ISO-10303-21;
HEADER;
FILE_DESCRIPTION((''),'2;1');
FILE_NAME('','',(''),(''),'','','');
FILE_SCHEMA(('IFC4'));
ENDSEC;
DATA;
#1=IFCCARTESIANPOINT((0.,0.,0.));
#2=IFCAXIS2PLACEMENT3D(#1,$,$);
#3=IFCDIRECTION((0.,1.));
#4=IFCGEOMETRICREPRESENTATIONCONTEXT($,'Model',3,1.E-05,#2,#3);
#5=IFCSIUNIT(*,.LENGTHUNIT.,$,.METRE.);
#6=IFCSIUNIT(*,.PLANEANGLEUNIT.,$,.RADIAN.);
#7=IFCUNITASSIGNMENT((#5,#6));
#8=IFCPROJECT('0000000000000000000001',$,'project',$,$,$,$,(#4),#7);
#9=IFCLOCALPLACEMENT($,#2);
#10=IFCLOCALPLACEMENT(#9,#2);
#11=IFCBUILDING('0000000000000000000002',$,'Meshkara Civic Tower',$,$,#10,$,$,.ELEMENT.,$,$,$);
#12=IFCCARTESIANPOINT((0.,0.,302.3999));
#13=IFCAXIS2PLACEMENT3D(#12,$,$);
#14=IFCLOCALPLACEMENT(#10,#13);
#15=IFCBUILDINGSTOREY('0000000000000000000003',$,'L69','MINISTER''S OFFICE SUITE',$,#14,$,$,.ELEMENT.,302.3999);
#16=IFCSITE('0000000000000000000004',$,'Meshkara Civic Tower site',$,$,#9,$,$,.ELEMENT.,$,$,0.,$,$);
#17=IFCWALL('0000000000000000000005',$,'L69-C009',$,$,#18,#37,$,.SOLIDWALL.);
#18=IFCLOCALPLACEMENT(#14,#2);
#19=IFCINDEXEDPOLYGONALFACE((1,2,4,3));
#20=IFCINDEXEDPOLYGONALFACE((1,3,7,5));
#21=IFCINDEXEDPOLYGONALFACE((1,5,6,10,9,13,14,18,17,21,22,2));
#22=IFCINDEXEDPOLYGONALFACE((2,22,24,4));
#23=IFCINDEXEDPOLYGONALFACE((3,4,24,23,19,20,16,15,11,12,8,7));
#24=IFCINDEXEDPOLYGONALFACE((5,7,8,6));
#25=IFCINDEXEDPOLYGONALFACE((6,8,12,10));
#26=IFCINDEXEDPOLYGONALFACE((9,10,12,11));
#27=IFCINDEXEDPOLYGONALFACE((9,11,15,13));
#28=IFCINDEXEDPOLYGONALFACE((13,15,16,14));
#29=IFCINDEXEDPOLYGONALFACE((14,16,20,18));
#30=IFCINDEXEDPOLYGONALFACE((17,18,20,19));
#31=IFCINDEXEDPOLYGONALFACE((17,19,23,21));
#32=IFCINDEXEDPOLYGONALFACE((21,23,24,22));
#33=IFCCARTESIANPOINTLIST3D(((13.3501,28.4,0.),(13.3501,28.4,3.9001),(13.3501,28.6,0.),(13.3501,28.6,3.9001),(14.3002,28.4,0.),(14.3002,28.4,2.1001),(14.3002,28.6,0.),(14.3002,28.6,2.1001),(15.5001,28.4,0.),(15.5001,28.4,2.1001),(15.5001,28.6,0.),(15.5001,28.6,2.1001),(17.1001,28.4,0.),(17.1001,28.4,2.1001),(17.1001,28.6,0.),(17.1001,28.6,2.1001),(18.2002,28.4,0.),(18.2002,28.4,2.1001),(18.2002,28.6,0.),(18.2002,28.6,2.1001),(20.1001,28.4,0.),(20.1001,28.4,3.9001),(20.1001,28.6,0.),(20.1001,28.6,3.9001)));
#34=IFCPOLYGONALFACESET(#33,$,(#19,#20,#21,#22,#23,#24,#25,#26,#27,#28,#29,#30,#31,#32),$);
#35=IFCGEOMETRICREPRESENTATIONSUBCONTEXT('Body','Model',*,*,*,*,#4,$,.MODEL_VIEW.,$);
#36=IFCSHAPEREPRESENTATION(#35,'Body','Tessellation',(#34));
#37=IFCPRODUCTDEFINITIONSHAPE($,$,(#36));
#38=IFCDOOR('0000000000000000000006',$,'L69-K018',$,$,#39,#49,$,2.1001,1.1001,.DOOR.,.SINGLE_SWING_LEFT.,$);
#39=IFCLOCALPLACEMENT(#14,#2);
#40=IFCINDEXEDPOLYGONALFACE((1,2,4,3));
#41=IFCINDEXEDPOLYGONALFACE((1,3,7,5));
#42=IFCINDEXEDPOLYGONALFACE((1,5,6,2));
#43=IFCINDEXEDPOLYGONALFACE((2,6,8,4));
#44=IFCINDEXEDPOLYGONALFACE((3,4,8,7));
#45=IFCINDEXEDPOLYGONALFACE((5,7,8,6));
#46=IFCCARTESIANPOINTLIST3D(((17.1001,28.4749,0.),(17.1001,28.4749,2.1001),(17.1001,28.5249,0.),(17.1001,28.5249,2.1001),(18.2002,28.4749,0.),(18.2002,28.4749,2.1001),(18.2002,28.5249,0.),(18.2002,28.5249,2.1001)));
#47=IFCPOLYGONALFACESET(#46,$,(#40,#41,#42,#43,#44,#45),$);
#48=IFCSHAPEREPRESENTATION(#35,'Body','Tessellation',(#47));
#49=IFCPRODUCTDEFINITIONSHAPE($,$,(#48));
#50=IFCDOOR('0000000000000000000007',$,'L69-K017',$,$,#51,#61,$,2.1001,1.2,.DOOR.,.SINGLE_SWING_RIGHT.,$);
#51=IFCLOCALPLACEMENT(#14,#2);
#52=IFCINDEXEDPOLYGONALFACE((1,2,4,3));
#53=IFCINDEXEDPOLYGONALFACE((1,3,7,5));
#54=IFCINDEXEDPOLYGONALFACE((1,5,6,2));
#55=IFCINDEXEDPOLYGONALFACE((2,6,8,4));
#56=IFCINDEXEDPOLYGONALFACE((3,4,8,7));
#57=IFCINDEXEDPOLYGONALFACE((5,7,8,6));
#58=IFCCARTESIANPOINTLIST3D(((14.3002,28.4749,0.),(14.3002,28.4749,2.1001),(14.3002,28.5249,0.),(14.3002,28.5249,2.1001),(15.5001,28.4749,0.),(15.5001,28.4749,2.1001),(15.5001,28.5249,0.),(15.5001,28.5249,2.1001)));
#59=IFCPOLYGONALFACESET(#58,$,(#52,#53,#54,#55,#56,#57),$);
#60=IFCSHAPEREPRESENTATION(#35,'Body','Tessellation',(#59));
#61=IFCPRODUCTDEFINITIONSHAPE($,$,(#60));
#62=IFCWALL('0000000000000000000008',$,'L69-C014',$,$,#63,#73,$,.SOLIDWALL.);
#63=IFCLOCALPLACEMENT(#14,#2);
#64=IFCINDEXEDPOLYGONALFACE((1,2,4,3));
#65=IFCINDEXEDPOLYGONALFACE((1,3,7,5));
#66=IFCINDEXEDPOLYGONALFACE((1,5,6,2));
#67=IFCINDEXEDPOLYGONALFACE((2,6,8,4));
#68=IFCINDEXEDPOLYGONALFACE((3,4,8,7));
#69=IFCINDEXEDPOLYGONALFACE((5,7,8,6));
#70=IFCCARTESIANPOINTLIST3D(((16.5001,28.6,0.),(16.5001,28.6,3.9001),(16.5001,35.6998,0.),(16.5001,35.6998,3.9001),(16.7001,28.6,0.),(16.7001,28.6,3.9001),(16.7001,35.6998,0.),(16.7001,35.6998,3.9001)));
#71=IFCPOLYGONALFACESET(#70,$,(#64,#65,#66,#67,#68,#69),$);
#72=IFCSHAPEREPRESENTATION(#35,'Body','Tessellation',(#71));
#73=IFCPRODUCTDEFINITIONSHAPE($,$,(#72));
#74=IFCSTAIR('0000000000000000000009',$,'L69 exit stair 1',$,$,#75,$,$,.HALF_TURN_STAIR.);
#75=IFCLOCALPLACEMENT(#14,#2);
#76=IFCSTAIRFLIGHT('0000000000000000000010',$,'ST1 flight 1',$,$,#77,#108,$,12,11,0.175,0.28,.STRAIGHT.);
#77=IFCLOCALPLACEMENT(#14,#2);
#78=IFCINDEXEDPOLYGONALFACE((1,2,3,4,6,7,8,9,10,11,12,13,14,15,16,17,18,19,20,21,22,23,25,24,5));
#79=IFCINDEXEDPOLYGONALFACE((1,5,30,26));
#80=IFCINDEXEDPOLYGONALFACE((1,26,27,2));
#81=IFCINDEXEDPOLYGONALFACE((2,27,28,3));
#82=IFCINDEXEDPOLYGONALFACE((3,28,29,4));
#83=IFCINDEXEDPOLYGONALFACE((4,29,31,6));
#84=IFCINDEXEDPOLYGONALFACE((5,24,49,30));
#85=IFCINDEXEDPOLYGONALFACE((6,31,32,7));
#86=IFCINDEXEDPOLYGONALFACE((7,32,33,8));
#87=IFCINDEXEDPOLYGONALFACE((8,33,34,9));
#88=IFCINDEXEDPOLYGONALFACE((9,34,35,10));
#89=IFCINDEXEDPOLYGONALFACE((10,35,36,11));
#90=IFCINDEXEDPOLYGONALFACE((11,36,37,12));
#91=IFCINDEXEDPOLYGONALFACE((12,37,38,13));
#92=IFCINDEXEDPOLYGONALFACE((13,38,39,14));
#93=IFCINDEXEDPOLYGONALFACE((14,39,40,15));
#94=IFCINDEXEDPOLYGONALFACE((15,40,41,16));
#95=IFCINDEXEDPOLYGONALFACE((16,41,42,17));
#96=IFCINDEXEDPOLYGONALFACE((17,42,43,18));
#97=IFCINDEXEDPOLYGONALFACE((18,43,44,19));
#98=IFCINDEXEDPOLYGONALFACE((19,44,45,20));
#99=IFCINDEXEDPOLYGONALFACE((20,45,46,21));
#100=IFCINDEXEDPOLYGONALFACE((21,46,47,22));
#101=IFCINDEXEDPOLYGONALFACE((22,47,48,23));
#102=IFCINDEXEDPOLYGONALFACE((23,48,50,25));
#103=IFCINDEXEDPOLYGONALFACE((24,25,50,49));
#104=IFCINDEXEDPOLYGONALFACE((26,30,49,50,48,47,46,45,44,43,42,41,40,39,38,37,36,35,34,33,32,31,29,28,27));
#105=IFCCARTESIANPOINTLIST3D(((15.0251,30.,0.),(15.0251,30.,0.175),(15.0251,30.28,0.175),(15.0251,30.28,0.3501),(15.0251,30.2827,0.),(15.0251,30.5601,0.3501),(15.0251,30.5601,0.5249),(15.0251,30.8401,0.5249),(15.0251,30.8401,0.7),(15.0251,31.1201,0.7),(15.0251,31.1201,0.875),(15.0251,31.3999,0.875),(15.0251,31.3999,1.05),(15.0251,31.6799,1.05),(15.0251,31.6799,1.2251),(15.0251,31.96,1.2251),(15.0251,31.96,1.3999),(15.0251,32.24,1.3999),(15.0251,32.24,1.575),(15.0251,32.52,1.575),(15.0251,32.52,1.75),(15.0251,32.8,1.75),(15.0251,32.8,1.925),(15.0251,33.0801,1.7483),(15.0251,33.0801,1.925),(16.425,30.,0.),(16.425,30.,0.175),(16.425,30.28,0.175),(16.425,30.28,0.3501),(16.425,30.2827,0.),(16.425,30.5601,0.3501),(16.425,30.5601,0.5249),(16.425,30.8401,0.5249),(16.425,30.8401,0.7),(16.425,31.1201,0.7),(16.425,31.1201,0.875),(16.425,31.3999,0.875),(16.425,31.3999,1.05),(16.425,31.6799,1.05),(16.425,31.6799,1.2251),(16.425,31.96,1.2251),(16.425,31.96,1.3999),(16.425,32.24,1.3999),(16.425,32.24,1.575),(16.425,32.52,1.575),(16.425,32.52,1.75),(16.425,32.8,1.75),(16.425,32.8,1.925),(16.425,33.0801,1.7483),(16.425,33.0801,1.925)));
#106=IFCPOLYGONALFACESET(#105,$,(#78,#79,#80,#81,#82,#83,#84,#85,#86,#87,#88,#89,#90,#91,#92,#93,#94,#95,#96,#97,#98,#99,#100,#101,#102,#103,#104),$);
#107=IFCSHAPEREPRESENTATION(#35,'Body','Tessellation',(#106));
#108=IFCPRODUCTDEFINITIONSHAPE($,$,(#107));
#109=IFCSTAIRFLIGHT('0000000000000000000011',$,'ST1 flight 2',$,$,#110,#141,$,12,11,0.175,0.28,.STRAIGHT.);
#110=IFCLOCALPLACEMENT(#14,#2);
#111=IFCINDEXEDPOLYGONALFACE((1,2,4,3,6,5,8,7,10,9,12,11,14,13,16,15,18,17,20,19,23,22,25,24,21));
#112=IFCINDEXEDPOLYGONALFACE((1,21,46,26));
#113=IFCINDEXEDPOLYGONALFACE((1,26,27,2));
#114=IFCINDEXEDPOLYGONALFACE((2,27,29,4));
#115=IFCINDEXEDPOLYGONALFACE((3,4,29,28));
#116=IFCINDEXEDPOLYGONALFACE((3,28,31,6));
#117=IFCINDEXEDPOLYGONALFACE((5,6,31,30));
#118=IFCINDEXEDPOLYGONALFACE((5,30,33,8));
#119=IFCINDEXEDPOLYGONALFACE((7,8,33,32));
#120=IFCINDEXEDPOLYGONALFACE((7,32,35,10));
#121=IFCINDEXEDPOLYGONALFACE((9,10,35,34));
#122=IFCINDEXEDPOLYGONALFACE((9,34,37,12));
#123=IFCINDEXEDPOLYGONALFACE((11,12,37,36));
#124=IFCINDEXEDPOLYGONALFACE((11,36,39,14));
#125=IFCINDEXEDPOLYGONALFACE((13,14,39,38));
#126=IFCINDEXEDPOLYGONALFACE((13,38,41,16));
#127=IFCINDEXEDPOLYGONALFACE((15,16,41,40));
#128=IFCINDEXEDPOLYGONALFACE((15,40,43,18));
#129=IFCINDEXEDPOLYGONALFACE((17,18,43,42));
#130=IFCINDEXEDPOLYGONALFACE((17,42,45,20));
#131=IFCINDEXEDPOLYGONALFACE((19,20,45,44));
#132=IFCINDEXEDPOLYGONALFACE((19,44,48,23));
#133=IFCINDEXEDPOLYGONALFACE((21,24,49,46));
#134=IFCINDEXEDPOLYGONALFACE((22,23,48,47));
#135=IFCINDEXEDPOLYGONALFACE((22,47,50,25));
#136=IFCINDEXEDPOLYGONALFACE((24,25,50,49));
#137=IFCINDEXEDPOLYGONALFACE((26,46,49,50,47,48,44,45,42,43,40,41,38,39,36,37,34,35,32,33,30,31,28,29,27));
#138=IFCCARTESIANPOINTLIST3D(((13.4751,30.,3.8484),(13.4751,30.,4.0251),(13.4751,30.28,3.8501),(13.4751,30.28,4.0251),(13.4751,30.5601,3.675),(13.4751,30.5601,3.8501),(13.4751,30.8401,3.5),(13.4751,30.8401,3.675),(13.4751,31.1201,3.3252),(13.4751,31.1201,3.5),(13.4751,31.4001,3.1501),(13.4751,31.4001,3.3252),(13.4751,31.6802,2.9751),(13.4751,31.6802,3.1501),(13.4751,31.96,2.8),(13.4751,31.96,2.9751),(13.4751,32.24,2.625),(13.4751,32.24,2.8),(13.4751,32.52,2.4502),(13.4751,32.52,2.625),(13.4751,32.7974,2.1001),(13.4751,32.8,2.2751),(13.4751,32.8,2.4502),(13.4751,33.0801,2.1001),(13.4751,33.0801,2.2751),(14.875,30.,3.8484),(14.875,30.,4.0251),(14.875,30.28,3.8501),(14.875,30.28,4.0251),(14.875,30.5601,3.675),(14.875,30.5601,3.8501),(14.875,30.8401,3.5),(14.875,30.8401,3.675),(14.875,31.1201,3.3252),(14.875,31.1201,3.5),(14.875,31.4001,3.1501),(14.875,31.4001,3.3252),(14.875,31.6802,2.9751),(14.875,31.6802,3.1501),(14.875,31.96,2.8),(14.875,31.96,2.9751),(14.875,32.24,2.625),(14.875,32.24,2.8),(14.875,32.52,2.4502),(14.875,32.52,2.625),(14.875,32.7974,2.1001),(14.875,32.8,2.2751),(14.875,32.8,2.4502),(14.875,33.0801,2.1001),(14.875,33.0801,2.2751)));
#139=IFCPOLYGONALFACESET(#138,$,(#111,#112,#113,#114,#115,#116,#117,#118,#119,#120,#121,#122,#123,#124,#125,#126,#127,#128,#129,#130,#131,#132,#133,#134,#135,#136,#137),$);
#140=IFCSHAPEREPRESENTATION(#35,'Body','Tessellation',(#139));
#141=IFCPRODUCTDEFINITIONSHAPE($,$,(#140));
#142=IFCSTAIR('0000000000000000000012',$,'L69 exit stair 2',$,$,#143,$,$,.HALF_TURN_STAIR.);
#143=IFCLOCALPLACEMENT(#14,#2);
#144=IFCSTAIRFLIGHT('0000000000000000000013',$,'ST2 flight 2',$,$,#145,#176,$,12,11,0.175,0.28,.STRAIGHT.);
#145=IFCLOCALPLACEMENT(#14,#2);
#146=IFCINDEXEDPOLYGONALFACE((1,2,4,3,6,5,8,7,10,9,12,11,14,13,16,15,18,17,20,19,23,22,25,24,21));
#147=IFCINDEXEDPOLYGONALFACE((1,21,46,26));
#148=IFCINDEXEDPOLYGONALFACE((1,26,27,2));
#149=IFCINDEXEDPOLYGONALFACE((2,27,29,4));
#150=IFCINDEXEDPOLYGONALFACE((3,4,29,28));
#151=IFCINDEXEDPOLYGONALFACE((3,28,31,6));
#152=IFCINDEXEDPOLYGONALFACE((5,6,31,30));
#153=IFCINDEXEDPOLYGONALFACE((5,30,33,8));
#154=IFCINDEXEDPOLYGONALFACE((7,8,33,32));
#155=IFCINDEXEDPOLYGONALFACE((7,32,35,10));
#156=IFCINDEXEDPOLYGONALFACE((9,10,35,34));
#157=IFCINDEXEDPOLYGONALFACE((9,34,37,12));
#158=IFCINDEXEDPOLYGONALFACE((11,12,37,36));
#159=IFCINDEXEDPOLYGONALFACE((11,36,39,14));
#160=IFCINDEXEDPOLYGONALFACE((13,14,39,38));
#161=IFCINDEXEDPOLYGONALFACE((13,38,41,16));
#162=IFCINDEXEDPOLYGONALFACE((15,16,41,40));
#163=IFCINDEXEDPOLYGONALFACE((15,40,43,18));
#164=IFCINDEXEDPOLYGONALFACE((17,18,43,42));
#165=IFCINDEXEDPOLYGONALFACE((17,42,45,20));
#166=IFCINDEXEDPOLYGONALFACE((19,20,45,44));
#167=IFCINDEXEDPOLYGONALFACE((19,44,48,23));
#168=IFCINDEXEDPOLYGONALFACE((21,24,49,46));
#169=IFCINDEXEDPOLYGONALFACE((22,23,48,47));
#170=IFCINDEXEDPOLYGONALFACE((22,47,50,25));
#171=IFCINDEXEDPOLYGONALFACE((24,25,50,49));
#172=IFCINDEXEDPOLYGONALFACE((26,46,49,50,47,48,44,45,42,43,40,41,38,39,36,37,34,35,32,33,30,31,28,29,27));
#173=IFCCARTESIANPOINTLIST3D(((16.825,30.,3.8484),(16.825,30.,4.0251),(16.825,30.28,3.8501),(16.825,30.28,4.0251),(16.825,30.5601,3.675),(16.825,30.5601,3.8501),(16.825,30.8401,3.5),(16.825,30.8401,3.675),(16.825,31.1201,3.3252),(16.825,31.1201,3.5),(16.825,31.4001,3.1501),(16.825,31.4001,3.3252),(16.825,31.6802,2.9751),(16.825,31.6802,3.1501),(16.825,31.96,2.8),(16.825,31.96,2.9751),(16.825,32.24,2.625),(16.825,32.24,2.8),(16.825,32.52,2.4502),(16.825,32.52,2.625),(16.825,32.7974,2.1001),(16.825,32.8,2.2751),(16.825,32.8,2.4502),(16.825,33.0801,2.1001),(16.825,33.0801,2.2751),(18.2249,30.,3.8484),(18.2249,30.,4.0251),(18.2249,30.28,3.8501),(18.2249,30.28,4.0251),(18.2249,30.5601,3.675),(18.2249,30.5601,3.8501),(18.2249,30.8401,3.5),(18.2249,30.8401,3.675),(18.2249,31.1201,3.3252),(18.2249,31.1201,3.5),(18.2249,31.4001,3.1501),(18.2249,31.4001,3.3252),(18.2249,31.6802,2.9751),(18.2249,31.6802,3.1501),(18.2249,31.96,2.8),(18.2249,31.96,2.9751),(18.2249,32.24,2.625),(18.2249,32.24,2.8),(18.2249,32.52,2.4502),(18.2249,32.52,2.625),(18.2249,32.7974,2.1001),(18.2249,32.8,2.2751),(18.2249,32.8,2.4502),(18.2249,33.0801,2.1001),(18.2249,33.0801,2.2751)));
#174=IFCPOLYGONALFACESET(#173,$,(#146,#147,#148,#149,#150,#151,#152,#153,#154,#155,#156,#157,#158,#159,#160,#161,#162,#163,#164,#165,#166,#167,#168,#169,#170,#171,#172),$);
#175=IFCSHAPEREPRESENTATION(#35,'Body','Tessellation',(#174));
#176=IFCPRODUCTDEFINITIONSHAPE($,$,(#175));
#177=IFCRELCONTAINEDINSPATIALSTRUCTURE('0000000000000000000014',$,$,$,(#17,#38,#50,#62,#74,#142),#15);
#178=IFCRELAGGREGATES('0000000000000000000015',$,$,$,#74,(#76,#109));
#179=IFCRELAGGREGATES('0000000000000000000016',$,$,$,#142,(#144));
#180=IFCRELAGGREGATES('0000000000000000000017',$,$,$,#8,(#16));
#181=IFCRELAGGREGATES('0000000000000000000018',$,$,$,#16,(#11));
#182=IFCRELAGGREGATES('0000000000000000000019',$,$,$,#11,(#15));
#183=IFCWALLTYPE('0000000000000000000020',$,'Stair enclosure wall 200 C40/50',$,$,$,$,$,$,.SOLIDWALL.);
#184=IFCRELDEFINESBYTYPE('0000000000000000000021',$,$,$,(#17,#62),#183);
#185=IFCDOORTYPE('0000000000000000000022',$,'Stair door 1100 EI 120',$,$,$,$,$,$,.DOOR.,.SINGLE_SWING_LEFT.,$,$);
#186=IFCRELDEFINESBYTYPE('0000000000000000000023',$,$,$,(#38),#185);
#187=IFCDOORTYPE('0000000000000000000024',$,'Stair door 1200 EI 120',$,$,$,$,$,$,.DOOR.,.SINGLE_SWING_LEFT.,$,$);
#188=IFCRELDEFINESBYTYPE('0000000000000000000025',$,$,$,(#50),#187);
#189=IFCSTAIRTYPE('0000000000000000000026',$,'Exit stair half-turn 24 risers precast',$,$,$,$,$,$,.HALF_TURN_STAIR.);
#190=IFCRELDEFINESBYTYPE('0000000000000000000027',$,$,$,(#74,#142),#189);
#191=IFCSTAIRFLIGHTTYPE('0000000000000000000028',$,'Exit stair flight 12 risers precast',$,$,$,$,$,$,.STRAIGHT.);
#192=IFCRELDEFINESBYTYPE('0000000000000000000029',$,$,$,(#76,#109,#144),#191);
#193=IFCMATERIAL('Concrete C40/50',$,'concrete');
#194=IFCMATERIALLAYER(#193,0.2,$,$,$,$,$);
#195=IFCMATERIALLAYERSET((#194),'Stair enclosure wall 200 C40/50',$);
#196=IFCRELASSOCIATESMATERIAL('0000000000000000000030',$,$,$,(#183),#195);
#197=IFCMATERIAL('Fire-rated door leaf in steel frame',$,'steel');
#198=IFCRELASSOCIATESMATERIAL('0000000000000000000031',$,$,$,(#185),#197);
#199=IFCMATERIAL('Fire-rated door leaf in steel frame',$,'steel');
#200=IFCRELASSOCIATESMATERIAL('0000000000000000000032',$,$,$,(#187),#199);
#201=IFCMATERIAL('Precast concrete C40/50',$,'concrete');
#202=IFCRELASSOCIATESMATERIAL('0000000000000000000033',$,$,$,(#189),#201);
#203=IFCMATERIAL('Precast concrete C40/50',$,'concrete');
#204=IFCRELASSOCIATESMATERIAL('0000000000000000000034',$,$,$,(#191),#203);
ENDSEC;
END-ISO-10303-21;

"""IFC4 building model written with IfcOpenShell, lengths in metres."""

from ifc_helpers import new_model, si_unit, direction, frame, frame_2d, origin, place, context, subcontext, project, spatial, polyline, rectangle, outline, extrude, material, layer, layer_set, type_object, element, fill, aggregate, save


model = new_model("IFC4")

# Units and contexts
model_context = context("Model", 3, precision=1e-05, world=origin(), true_north=direction((0.0, 1.0)))
body_context = subcontext(model_context, "Body", "Model", "MODEL_VIEW")
ifc_project = project(units=[si_unit("LENGTHUNIT", "METRE"), si_unit("PLANEANGLEUNIT", "RADIAN")], contexts=[model_context])

# Site, building, storey
site_placement = place(None, origin())
site = spatial("IfcSite", under=ifc_project, at=site_placement, Name="Meshkara Civic Tower site", CompositionType="ELEMENT", RefElevation=0.0)
building_placement = place(site_placement, origin())
building = spatial("IfcBuilding", under=site, at=building_placement, Name="Meshkara Civic Tower", CompositionType="ELEMENT")
storey_placement = place(building_placement, frame((0.0, 0.0, 302.3999)))
storey = spatial("IfcBuildingStorey", under=building, at=storey_placement, Name="L69", Description="MINISTER'S OFFICE SUITE", CompositionType="ELEMENT", Elevation=302.3999)

# Wall, openings, doors
ifc_material_1 = material(Name="Concrete C40/50", Category="concrete")
ifc_layer_1 = layer(ifc_material_1, 0.2)
ifc_layer_set_1 = layer_set([ifc_layer_1], Name="Stair enclosure wall 200 C40/50")
wall_type_1 = type_object("IfcWallType", Name="Stair enclosure wall 200 C40/50", PredefinedType="SOLIDWALL", material=ifc_layer_set_1)
wall_1_placement = place(storey_placement, frame((13.3501, 28.5, 0.0), z_axis=(0.0, 0.0, 1.0), x_axis=(1.0, 0.0, 0.0)))
wall_1 = element("IfcWall", 1, at=wall_1_placement, inside=storey, type_object=wall_type_1, Name="L69-C009", PredefinedType="SOLIDWALL", context=body_context, shape_type="SweptSolid", body=[
    extrude(rectangle(XDim=6.75, YDim=0.2, at=frame_2d((3.375, 0.0))), origin(), (0.0, 0.0, 1.0), 3.9001),
])
opening_1_placement = place(wall_1_placement, frame((0.95, 0.0, 0.0)))
opening_1 = element("IfcOpeningElement", 2, at=opening_1_placement, cuts=wall_1, PredefinedType="OPENING", context=body_context, shape_type="SweptSolid", body=[
    extrude(rectangle(XDim=1.2, YDim=2.1001, at=frame_2d((0.6001, 1.05))), frame((0.0, 0.1099, 0.0), z_axis=(0.0, -1.0, 0.0), x_axis=(1.0, 0.0, 0.0)), (0.0, 0.0, 1.0), 0.22),
])
opening_2_placement = place(wall_1_placement, frame((3.75, 0.0, 0.0)))
opening_2 = element("IfcOpeningElement", 3, at=opening_2_placement, cuts=wall_1, PredefinedType="OPENING", context=body_context, shape_type="SweptSolid", body=[
    extrude(rectangle(XDim=1.1001, YDim=2.1001, at=frame_2d((0.55, 1.05))), frame((0.0, 0.1099, 0.0), z_axis=(0.0, -1.0, 0.0), x_axis=(1.0, 0.0, 0.0)), (0.0, 0.0, 1.0), 0.22),
])
ifc_material_2 = material(Name="Fire-rated door leaf in steel frame", Category="steel")
door_type_1 = type_object("IfcDoorType", Name="Stair door 1100 EI 120", OperationType="SINGLE_SWING_LEFT", PredefinedType="DOOR", material=ifc_material_2)
door_1_placement = place(opening_2_placement, origin())
door_1 = element("IfcDoor", 4, at=door_1_placement, inside=storey, type_object=door_type_1, Name="L69-K018", OperationType="SINGLE_SWING_LEFT", OverallHeight=2.1001, OverallWidth=1.1001, PredefinedType="DOOR", context=body_context, shape_type="SweptSolid", body=[
    extrude(rectangle(XDim=1.1001, YDim=2.1001, at=frame_2d((0.55, 1.05))), frame((0.0, 0.0249, 0.0), z_axis=(0.0, -1.0, 0.0), x_axis=(1.0, 0.0, 0.0)), (0.0, 0.0, 1.0), 0.05),
])
fill(opening_2, door_1)
ifc_material_3 = material(Name="Fire-rated door leaf in steel frame", Category="steel")
door_type_2 = type_object("IfcDoorType", Name="Stair door 1200 EI 120", OperationType="SINGLE_SWING_LEFT", PredefinedType="DOOR", material=ifc_material_3)
door_2_placement = place(opening_1_placement, origin())
door_2 = element("IfcDoor", 5, at=door_2_placement, inside=storey, type_object=door_type_2, Name="L69-K017", OperationType="SINGLE_SWING_RIGHT", OverallHeight=2.1001, OverallWidth=1.2, PredefinedType="DOOR", context=body_context, shape_type="SweptSolid", body=[
    extrude(rectangle(XDim=1.2, YDim=2.1001, at=frame_2d((0.6001, 1.05))), frame((0.0, 0.0249, 0.0), z_axis=(0.0, -1.0, 0.0), x_axis=(1.0, 0.0, 0.0)), (0.0, 0.0, 1.0), 0.05),
])
fill(opening_1, door_2)

# Wall
wall_2_placement = place(storey_placement, frame((16.6001, 28.6001, 0.0), z_axis=(0.0, 0.0, 1.0), x_axis=(0.0, 1.0, 0.0)))
element("IfcWall", 6, at=wall_2_placement, inside=storey, type_object=wall_type_1, Name="L69-C014", PredefinedType="SOLIDWALL", context=body_context, shape_type="SweptSolid", body=[
    extrude(rectangle(XDim=7.0999, YDim=0.2, at=frame_2d((3.5498, 0.0))), origin(), (0.0, 0.0, 1.0), 3.9001),
])

# Stair, stair flights
ifc_material_4 = material(Name="Precast concrete C40/50", Category="concrete")
stair_type = type_object("IfcStairType", Name="Exit stair half-turn 24 risers precast", PredefinedType="HALF_TURN_STAIR", material=ifc_material_4)
stair_1_placement = place(storey_placement, origin())
stair_1 = element("IfcStair", 7, at=stair_1_placement, inside=storey, type_object=stair_type, Name="L69 exit stair 1", PredefinedType="HALF_TURN_STAIR")
ifc_material_5 = material(Name="Precast concrete C40/50", Category="concrete")
stair_flight_type = type_object("IfcStairFlightType", Name="Exit stair flight 12 risers precast", PredefinedType="STRAIGHT", material=ifc_material_5)
stair_flight_1_placement = place(storey_placement, frame((15.7251, 30.0, 0.0), z_axis=(0.0, 0.0, 1.0), x_axis=(0.0, 1.0, 0.0)))
stair_flight_1 = element("IfcStairFlight", 8, at=stair_flight_1_placement, type_object=stair_flight_type, Name="ST1 flight 1", NumberOfRisers=12, NumberOfTreads=11, PredefinedType="STRAIGHT", RiserHeight=0.175, TreadLength=0.28, context=body_context, shape_type="SweptSolid", body=[
    extrude(outline(polyline([(0.0, 0.0), (0.0, 0.175), (0.28, 0.175), (0.28, 0.3501), (0.5601, 0.3501), (0.5601, 0.5249), (0.8401, 0.5249), (0.8401, 0.7), (1.1201, 0.7), (1.1201, 0.875), (1.3999, 0.875), (1.3999, 1.05), (1.6799, 1.05), (1.6799, 1.2251), (1.96, 1.2251), (1.96, 1.3999), (2.24, 1.3999), (2.24, 1.575), (2.52, 1.575), (2.52, 1.75), (2.8, 1.75), (2.8, 1.925), (3.0801, 1.925), (3.0801, 2.1001), (3.0801, 1.7483), (0.2827, 0.0), (0.0, 0.0)])), frame((0.0, 0.7, 0.0), z_axis=(0.0, -1.0, 0.0), x_axis=(1.0, 0.0, 0.0)), (0.0, 0.0, 1.0), 1.3999),
])
stair_flight_2_placement = place(storey_placement, frame((14.175, 33.0801, 2.1001), z_axis=(0.0, 0.0, 1.0), x_axis=(0.0, -1.0, 0.0)))
stair_flight_2 = element("IfcStairFlight", 9, at=stair_flight_2_placement, type_object=stair_flight_type, Name="ST1 flight 2", NumberOfRisers=12, NumberOfTreads=11, PredefinedType="STRAIGHT", RiserHeight=0.175, TreadLength=0.28, context=body_context, shape_type="SweptSolid", body=[
    extrude(outline(polyline([(0.0, 0.0), (0.0, 0.175), (0.28, 0.175), (0.28, 0.3501), (0.5601, 0.3501), (0.5601, 0.5249), (0.8401, 0.5249), (0.8401, 0.7), (1.1201, 0.7), (1.1201, 0.875), (1.3999, 0.875), (1.3999, 1.05), (1.6799, 1.05), (1.6799, 1.2251), (1.96, 1.2251), (1.96, 1.3999), (2.24, 1.3999), (2.24, 1.575), (2.52, 1.575), (2.52, 1.75), (2.8, 1.75), (2.8, 1.925), (3.0801, 1.925), (3.0801, 2.1001), (3.0801, 1.7483), (0.2827, 0.0), (0.0, 0.0)])), frame((0.0, 0.7, 0.0), z_axis=(0.0, -1.0, 0.0), x_axis=(1.0, 0.0, 0.0)), (0.0, 0.0, 1.0), 1.3999),
])
aggregate(stair_1, [stair_flight_1, stair_flight_2])

# Stair, stair flight
stair_2_placement = place(storey_placement, origin())
stair_2 = element("IfcStair", 10, at=stair_2_placement, inside=storey, type_object=stair_type, Name="L69 exit stair 2", PredefinedType="HALF_TURN_STAIR")
stair_flight_3_placement = place(storey_placement, frame((17.5249, 33.0801, 2.1001), z_axis=(0.0, 0.0, 1.0), x_axis=(0.0, -1.0, 0.0)))
stair_flight_3 = element("IfcStairFlight", 11, at=stair_flight_3_placement, type_object=stair_flight_type, Name="ST2 flight 2", NumberOfRisers=12, NumberOfTreads=11, PredefinedType="STRAIGHT", RiserHeight=0.175, TreadLength=0.28, context=body_context, shape_type="SweptSolid", body=[
    extrude(outline(polyline([(0.0, 0.0), (0.0, 0.175), (0.28, 0.175), (0.28, 0.3501), (0.5601, 0.3501), (0.5601, 0.5249), (0.8401, 0.5249), (0.8401, 0.7), (1.1201, 0.7), (1.1201, 0.875), (1.3999, 0.875), (1.3999, 1.05), (1.6799, 1.05), (1.6799, 1.2251), (1.96, 1.2251), (1.96, 1.3999), (2.24, 1.3999), (2.24, 1.575), (2.52, 1.575), (2.52, 1.75), (2.8, 1.75), (2.8, 1.925), (3.0801, 1.925), (3.0801, 2.1001), (3.0801, 1.7483), (0.2827, 0.0), (0.0, 0.0)])), frame((0.0, 0.7, 0.0), z_axis=(0.0, -1.0, 0.0), x_axis=(1.0, 0.0, 0.0)), (0.0, 0.0, 1.0), 1.3999),
])
aggregate(stair_2, [stair_flight_3])

save(model, "model.ifc")
